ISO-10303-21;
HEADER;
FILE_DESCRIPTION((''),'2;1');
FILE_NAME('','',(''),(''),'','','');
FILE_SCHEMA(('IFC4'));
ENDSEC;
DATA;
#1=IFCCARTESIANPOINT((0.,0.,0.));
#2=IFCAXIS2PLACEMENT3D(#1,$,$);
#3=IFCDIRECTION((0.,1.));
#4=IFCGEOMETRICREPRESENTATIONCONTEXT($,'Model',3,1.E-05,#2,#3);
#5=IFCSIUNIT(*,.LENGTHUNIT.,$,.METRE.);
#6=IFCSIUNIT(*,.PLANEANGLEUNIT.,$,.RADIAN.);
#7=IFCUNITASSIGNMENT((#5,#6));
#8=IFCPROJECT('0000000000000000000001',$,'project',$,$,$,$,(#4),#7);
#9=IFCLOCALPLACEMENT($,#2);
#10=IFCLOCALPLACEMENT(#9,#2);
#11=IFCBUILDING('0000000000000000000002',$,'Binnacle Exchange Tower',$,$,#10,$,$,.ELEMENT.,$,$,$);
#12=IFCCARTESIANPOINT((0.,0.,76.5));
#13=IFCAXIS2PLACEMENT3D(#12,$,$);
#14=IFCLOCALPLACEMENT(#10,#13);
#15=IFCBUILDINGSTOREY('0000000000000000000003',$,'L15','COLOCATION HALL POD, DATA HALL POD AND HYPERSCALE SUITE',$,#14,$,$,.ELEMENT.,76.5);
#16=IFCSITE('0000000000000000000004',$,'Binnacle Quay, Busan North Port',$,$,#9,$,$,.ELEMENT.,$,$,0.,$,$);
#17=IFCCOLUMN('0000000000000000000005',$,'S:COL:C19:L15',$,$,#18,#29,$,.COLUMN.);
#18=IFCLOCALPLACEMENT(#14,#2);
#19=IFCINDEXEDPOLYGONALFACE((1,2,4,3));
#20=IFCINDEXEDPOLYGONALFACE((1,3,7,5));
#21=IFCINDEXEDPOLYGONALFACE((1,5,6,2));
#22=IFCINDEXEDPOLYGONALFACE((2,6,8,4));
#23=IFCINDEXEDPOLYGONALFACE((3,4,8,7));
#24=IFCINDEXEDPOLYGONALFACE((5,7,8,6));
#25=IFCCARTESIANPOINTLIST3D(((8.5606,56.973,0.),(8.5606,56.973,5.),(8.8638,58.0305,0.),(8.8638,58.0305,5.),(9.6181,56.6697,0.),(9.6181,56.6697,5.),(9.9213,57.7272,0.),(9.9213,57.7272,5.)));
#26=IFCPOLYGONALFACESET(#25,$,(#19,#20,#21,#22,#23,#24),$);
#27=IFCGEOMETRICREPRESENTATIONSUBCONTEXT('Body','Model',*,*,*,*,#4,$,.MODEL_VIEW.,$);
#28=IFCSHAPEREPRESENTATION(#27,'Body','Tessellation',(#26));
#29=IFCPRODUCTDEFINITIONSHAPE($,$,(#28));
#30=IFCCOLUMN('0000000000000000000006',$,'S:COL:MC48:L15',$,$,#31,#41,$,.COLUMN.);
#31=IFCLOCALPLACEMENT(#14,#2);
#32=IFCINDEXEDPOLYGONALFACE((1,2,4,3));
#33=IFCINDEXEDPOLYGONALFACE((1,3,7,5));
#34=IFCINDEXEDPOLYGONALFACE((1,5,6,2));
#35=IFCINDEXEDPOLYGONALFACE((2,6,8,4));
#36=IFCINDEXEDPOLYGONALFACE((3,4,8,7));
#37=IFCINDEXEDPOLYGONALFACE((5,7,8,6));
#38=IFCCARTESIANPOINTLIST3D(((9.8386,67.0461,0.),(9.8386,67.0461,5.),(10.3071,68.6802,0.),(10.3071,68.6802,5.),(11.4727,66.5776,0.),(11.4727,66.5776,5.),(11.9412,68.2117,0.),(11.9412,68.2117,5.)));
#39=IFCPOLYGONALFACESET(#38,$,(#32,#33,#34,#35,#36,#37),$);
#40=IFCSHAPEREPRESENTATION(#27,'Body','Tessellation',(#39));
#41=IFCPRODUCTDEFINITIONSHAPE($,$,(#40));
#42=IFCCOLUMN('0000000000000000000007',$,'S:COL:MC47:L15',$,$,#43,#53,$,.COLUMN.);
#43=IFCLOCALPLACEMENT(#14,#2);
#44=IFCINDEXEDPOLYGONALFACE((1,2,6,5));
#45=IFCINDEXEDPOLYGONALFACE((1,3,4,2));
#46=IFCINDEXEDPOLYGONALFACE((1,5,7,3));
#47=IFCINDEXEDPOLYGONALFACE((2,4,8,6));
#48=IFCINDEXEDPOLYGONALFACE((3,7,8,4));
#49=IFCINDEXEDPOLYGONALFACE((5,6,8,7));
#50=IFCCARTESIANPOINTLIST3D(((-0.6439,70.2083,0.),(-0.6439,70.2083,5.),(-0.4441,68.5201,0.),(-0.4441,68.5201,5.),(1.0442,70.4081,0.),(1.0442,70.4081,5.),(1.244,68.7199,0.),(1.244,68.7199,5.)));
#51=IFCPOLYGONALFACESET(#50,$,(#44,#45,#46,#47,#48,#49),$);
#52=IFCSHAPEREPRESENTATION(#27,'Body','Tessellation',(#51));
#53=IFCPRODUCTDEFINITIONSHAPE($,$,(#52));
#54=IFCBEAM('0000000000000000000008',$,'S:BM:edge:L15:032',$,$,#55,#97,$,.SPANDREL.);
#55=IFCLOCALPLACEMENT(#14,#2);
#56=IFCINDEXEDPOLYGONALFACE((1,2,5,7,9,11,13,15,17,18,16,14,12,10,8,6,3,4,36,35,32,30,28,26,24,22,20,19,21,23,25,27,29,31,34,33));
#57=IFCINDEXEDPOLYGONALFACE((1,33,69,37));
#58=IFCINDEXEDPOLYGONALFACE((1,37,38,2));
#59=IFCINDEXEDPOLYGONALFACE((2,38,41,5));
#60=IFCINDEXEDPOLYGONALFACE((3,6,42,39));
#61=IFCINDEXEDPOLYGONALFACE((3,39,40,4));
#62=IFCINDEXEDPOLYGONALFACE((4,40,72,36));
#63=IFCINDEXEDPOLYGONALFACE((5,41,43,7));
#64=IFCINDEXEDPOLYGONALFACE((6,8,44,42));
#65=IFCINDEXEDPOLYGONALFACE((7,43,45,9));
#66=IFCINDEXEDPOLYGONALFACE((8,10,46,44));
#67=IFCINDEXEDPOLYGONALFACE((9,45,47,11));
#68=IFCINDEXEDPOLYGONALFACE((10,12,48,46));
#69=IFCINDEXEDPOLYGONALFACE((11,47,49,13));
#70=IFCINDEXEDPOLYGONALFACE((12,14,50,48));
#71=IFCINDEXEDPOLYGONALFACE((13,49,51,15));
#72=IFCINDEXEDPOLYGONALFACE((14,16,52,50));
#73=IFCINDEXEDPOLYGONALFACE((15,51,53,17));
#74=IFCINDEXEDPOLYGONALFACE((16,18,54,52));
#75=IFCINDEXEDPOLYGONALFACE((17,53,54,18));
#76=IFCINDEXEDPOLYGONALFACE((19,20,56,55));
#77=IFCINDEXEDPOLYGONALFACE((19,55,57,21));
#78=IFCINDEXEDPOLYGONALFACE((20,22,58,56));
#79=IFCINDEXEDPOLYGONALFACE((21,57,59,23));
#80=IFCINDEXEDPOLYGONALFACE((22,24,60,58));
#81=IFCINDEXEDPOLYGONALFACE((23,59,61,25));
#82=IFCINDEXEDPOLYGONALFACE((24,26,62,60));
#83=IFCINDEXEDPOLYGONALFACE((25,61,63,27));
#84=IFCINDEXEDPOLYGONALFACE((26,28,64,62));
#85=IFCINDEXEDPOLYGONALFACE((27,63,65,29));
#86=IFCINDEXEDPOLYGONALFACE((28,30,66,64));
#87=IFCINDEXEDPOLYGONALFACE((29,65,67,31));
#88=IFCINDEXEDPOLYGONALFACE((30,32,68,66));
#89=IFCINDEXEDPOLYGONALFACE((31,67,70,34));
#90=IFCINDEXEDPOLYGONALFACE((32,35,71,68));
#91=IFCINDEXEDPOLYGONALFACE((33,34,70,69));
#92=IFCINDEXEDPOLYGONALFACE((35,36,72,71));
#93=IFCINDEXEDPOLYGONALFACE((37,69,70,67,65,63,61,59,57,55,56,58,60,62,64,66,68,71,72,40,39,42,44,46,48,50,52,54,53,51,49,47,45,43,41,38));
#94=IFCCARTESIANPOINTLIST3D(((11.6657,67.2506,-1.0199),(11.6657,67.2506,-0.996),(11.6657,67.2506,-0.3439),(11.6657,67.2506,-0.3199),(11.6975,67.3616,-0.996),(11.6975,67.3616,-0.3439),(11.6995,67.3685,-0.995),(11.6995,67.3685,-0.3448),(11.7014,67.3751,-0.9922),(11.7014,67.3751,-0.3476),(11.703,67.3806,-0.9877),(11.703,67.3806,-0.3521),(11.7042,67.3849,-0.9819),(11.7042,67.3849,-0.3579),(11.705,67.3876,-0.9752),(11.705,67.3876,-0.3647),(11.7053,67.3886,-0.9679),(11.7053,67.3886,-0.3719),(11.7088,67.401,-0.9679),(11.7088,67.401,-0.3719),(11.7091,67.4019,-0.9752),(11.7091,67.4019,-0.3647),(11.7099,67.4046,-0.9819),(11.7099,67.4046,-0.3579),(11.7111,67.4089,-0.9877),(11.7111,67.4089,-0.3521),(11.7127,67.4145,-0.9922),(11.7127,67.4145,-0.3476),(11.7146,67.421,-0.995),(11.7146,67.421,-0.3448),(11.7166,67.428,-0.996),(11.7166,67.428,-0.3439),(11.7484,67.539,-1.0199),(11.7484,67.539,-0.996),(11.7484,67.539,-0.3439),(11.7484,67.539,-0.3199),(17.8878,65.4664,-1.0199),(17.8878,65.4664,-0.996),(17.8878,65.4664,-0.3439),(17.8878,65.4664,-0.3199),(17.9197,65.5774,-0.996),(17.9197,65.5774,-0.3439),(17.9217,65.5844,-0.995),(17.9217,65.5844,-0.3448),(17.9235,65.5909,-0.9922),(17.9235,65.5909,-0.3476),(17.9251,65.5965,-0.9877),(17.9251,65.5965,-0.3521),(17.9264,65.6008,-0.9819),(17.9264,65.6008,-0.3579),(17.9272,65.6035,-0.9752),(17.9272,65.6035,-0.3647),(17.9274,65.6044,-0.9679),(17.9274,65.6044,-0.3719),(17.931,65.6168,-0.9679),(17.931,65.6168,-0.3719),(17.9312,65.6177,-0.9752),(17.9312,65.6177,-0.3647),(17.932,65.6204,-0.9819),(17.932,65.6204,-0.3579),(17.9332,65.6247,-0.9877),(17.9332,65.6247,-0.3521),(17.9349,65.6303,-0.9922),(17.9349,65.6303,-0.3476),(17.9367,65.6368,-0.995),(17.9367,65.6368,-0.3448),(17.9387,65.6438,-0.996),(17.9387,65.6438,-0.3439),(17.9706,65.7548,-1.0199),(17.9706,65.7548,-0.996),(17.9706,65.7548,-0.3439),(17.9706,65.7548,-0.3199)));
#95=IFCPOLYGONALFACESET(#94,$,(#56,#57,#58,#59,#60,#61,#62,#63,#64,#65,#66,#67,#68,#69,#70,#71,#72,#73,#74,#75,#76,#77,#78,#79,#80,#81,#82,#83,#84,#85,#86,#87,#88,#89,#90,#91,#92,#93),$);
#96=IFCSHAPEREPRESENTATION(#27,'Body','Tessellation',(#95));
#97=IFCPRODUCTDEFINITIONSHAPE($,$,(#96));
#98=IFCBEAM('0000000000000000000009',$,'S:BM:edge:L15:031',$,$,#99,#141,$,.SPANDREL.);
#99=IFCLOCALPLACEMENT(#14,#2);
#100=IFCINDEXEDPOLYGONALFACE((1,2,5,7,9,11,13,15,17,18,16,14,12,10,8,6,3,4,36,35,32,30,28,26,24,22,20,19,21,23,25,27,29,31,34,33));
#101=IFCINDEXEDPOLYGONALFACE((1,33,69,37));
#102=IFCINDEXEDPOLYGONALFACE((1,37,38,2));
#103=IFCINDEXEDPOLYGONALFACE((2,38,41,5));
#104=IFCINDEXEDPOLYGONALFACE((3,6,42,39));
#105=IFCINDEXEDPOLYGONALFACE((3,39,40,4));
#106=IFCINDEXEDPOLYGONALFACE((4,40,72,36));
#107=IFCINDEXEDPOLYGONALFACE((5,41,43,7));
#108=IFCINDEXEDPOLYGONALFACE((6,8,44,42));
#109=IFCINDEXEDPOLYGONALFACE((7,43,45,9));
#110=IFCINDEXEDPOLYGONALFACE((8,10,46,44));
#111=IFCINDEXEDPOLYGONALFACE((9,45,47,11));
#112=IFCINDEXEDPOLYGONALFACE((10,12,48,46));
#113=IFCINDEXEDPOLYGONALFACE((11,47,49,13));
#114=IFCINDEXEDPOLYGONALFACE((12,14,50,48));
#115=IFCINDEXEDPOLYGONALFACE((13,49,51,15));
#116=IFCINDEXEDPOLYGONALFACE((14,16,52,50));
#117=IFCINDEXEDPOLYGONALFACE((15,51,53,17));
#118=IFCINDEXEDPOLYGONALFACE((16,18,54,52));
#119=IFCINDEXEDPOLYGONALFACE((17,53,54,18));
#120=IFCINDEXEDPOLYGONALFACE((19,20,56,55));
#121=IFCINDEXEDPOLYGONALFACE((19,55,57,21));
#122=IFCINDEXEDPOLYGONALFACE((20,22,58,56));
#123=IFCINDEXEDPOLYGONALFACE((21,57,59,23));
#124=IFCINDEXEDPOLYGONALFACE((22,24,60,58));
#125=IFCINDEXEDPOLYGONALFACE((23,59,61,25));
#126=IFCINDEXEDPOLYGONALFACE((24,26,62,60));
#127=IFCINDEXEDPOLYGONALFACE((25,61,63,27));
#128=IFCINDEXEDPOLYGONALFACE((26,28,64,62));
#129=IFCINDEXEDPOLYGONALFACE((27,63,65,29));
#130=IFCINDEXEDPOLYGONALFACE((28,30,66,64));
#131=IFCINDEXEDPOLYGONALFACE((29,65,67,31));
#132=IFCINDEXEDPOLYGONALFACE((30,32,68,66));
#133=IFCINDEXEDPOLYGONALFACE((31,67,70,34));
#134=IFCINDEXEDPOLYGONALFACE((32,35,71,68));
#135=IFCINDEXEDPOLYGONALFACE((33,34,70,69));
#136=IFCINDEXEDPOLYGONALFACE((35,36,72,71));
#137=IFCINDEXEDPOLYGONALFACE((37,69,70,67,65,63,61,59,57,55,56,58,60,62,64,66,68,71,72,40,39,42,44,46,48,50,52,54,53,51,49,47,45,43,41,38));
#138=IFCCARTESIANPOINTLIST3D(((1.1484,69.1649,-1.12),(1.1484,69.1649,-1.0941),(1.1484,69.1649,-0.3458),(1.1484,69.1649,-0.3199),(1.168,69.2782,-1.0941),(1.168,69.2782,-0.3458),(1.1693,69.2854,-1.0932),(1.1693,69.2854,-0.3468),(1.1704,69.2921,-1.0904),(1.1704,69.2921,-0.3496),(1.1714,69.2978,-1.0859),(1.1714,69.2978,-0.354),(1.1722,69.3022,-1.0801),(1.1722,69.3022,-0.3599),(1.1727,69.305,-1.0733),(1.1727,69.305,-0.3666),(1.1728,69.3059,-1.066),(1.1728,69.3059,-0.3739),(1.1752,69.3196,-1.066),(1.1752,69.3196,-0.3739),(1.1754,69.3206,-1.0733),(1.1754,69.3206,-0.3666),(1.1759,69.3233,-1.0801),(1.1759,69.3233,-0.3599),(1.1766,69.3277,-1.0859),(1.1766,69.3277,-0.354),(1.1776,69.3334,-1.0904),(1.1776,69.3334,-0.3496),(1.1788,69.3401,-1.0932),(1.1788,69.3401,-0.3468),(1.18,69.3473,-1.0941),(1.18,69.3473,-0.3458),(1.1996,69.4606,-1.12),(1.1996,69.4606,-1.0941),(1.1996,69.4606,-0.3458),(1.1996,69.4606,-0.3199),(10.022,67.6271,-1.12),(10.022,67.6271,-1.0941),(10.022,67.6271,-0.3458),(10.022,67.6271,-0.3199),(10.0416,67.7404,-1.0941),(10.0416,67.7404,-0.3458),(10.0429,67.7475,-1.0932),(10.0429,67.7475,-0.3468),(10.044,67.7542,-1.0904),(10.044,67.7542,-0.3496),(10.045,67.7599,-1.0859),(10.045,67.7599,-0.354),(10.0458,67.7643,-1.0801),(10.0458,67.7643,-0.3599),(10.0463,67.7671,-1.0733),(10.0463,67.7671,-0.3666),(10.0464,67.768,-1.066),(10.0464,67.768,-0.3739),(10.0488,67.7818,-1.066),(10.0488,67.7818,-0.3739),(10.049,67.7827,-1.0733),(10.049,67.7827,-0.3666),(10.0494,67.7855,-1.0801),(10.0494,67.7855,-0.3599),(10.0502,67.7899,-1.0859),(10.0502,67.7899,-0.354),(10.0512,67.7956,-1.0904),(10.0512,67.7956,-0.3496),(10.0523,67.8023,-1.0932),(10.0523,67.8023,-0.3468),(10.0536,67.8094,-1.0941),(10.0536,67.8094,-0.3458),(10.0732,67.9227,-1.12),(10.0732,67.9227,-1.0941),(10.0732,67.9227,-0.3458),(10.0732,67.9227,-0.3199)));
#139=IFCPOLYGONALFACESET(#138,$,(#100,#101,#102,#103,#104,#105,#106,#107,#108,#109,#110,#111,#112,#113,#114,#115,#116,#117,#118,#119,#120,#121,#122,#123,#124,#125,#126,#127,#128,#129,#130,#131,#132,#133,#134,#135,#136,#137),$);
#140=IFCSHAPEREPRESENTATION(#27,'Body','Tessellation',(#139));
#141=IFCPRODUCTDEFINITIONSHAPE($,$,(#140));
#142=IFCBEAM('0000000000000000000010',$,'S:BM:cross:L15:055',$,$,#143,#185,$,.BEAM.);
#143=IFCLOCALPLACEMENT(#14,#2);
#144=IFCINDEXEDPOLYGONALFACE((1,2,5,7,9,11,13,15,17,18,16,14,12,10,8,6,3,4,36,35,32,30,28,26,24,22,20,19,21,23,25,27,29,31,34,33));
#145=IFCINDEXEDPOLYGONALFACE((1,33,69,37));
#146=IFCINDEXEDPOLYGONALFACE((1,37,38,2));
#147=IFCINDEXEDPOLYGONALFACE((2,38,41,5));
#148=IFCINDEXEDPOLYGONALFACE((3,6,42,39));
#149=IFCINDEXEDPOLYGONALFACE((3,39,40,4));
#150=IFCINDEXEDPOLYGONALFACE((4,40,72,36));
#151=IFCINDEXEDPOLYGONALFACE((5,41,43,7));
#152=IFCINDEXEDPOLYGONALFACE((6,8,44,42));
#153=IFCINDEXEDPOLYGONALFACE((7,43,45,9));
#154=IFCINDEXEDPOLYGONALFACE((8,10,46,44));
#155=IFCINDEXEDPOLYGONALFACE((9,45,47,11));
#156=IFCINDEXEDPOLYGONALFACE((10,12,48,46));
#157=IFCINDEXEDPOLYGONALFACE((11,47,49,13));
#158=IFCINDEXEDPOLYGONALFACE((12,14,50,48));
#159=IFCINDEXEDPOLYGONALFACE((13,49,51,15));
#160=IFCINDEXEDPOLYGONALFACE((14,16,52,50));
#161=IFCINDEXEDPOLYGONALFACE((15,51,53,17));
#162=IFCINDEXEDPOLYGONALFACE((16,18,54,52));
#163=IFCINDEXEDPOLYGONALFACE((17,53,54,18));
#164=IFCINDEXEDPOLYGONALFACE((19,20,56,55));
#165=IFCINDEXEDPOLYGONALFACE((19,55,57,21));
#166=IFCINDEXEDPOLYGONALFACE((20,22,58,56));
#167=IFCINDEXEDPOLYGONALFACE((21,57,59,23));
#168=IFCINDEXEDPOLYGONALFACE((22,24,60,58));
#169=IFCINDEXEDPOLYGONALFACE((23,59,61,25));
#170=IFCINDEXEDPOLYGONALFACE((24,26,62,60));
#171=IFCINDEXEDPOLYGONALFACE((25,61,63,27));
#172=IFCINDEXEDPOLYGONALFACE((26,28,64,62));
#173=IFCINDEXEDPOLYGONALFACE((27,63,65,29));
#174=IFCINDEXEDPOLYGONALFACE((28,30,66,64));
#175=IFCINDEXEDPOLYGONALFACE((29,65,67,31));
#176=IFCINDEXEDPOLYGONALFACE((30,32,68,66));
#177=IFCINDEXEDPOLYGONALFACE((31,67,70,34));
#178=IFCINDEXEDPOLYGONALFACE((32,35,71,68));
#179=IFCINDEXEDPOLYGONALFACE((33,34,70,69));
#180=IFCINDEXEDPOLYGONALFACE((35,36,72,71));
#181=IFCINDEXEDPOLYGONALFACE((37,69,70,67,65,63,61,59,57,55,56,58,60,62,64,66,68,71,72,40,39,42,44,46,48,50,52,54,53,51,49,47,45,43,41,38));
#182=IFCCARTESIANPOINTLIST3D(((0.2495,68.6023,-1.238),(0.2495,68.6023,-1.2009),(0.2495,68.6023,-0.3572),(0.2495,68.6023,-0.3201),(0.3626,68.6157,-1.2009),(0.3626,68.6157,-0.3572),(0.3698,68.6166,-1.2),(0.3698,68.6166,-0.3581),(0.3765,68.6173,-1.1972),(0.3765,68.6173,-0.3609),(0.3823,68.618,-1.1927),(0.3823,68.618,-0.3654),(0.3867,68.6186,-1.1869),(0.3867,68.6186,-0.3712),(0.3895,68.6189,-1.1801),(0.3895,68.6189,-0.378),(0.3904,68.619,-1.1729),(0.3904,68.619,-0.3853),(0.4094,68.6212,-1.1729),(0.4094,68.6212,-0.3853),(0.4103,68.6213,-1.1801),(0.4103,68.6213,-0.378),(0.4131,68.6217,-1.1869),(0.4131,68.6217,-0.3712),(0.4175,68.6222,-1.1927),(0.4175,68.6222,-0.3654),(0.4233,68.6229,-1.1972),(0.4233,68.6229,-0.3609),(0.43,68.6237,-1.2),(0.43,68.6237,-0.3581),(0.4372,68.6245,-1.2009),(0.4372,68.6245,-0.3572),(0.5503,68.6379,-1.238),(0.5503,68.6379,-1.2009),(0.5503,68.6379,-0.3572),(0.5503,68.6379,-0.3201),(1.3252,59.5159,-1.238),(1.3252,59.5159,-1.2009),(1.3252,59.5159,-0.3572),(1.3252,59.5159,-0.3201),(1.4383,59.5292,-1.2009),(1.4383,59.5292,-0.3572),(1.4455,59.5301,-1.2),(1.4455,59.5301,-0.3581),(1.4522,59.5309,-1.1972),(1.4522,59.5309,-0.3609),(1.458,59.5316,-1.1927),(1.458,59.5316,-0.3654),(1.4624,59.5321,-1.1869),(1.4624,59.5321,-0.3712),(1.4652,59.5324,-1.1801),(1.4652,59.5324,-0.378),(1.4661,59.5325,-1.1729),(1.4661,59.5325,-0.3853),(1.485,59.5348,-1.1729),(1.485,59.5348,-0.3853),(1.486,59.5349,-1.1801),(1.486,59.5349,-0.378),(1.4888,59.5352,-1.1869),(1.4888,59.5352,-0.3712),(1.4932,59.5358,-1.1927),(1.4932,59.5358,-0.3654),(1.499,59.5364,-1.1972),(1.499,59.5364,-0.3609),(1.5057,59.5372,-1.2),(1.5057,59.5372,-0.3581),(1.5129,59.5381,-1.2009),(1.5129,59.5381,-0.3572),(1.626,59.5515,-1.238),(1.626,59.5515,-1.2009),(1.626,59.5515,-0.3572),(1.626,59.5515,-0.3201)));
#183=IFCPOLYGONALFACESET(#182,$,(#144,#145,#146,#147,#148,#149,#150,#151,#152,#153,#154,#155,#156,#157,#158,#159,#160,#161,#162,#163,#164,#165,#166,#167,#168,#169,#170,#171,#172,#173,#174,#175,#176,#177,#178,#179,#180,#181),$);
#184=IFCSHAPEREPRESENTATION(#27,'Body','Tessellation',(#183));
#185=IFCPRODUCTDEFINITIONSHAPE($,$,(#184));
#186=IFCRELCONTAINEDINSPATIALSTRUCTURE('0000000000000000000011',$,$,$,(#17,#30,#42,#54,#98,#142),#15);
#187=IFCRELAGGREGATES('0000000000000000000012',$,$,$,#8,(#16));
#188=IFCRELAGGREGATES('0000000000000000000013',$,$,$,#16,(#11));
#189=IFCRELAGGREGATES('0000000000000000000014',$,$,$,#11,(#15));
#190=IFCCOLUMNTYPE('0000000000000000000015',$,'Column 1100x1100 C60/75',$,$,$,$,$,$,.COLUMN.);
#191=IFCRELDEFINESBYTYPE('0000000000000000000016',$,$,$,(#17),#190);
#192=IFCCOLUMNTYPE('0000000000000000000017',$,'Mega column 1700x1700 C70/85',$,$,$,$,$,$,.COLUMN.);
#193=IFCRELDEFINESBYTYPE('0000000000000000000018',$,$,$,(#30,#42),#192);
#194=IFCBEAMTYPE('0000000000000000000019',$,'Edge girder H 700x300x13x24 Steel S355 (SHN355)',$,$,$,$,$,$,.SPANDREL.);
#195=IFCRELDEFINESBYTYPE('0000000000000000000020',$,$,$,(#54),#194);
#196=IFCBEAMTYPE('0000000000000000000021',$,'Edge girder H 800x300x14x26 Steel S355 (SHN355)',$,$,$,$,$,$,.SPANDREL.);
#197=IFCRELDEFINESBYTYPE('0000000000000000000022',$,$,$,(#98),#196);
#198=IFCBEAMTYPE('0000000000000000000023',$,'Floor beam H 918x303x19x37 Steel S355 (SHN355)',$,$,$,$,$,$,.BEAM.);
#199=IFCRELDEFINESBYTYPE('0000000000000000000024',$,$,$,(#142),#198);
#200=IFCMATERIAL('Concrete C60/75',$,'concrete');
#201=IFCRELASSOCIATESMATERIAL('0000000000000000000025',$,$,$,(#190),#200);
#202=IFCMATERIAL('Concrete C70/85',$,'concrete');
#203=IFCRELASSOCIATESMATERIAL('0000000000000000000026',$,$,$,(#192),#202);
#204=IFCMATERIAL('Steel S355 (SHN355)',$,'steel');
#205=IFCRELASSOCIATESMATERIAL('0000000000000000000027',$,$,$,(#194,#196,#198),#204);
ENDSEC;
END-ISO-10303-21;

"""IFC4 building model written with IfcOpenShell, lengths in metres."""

from ifc_helpers import new_model, si_unit, direction, frame, origin, origin_2d, place, context, subcontext, project, spatial, rectangle, i_section, extrude, material, material_profile, profile_set, type_object, element, save


model = new_model("IFC4")

# Units and contexts
model_context = context("Model", 3, precision=1e-05, world=origin(), true_north=direction((0.0, 1.0)))
body_context = subcontext(model_context, "Body", "Model", "MODEL_VIEW")
ifc_project = project(units=[si_unit("LENGTHUNIT", "METRE"), si_unit("PLANEANGLEUNIT", "RADIAN")], contexts=[model_context])

# Site, building, storey
site_placement = place(None, origin())
site = spatial("IfcSite", under=ifc_project, at=site_placement, Name="Binnacle Quay, Busan North Port", CompositionType="ELEMENT", RefElevation=0.0)
building_placement = place(site_placement, origin())
building = spatial("IfcBuilding", under=site, at=building_placement, Name="Binnacle Exchange Tower", CompositionType="ELEMENT")
storey_placement = place(building_placement, frame((0.0, 0.0, 76.5)))
storey = spatial("IfcBuildingStorey", under=building, at=storey_placement, Name="L15", Description="COLOCATION HALL POD, DATA HALL POD AND HYPERSCALE SUITE", CompositionType="ELEMENT", Elevation=76.5)

# Columns
ifc_material_1 = material(Name="Concrete C60/75", Category="concrete")
ifc_material_profile_1 = material_profile(ifc_material_1, rectangle(XDim=1.1001, YDim=1.1001, at=origin_2d()), Name="Column 1100x1100 C60/75")
ifc_profile_set_1 = profile_set([ifc_material_profile_1], Name="Concrete C60/75")
column_type_1 = type_object("IfcColumnType", Name="Column 1100x1100 C60/75", PredefinedType="COLUMN", material=ifc_profile_set_1)
column_placement = place(storey_placement, frame((9.241, 57.3501, 0.0), z_axis=(0.0, 0.0, 1.0), x_axis=(0.961262, -0.275637, 0.0)))
element("IfcColumn", 1, at=column_placement, inside=storey, type_object=column_type_1, Name="S:COL:C19:L15", PredefinedType="COLUMN", context=body_context, shape_type="SweptSolid", body=[
    extrude(rectangle(XDim=1.1001, YDim=1.1001, at=origin_2d()), origin(), (0.0, 0.0, 1.0), 5.0),
])
ifc_material_2 = material(Name="Concrete C70/85", Category="concrete")
ifc_material_profile_2 = material_profile(ifc_material_2, rectangle(XDim=1.7, YDim=1.7, at=origin_2d()), Name="Mega column 1700x1700 C70/85")
ifc_profile_set_2 = profile_set([ifc_material_profile_2], Name="Concrete C70/85")
column_type_2 = type_object("IfcColumnType", Name="Mega column 1700x1700 C70/85", PredefinedType="COLUMN", material=ifc_profile_set_2)
for number, where, z_axis, x_axis, name in (
    (2, (10.8899, 67.6289, 0.0), (0.0, 0.0, 1.0), (-0.961262, 0.275637, 0.0), "S:COL:MC48:L15"),
    (3, (0.3, 69.4641, 0.0), (0.0, 0.0, 1.0), (-0.993068, -0.117537, 0.0), "S:COL:MC47:L15"),
):
    element("IfcColumn", number, at=place(storey_placement, frame(where, z_axis=z_axis, x_axis=x_axis)), inside=storey, type_object=column_type_2, Name=name, PredefinedType="COLUMN", context=body_context, shape_type="SweptSolid", body=[
        extrude(rectangle(XDim=1.7, YDim=1.7, at=origin_2d()), origin(), (0.0, 0.0, 1.0), 5.0),
    ])

# Beams
ifc_material_3 = material(Name="Steel S355 (SHN355)", Category="steel")
ifc_material_profile_3 = material_profile(ifc_material_3, i_section(OverallWidth=0.3, OverallDepth=0.7, WebThickness=0.0129, FlangeThickness=0.0239, FilletRadius=0.0281, at=origin_2d()), Name="H 700x300x13x24")
ifc_profile_set_3 = profile_set([ifc_material_profile_3], Name="Steel S355 (SHN355)")
beam_type_1 = type_object("IfcBeamType", Name="Edge girder H 700x300x13x24 Steel S355 (SHN355)", PredefinedType="SPANDREL", material=ifc_profile_set_3)
beam_1_placement = place(storey_placement, frame((17.9292, 65.6106, -0.6699), z_axis=(-0.961262, 0.275638, 0.0), x_axis=(-0.275638, -0.961262, 0.0)))
element("IfcBeam", 4, at=beam_1_placement, inside=storey, type_object=beam_type_1, Name="S:BM:edge:L15:032", PredefinedType="SPANDREL", context=body_context, shape_type="SweptSolid", body=[
    extrude(i_section(OverallWidth=0.3, OverallDepth=0.7, WebThickness=0.0129, FlangeThickness=0.0239, FilletRadius=0.0281, at=origin_2d()), origin(), (0.0, 0.0, 1.0), 6.4729),
])
ifc_material_profile_4 = material_profile(ifc_material_3, i_section(OverallWidth=0.3, OverallDepth=0.8, WebThickness=0.0139, FlangeThickness=0.0259, FilletRadius=0.0281, at=origin_2d()), Name="H 800x300x14x26")
ifc_profile_set_4 = profile_set([ifc_material_profile_4], Name="Steel S355 (SHN355)")
beam_type_2 = type_object("IfcBeamType", Name="Edge girder H 800x300x14x26 Steel S355 (SHN355)", PredefinedType="SPANDREL", material=ifc_profile_set_4)
beam_2_placement = place(storey_placement, frame((10.0476, 67.7749, -0.72), z_axis=(-0.985312, 0.170761, 0.0), x_axis=(-0.170761, -0.985312, 0.0)))
element("IfcBeam", 5, at=beam_2_placement, inside=storey, type_object=beam_type_2, Name="S:BM:edge:L15:031", PredefinedType="SPANDREL", context=body_context, shape_type="SweptSolid", body=[
    extrude(i_section(OverallWidth=0.3, OverallDepth=0.8, WebThickness=0.0139, FlangeThickness=0.0259, FilletRadius=0.0281, at=origin_2d()), origin(), (0.0, 0.0, 1.0), 9.0059),
])
ifc_material_profile_5 = material_profile(ifc_material_3, i_section(OverallWidth=0.303, OverallDepth=0.918, WebThickness=0.019, FlangeThickness=0.0371, FilletRadius=0.0281, at=origin_2d()), Name="H 918x303x19x37")
ifc_profile_set_5 = profile_set([ifc_material_profile_5], Name="Steel S355 (SHN355)")
beam_type_3 = type_object("IfcBeamType", Name="Floor beam H 918x303x19x37 Steel S355 (SHN355)", PredefinedType="BEAM", material=ifc_profile_set_5)
beam_3_placement = place(storey_placement, frame((0.3999, 68.6201, -0.7791), z_axis=(0.117563, -0.993065, 0.0), x_axis=(0.993065, 0.117563, 0.0)))
element("IfcBeam", 6, at=beam_3_placement, inside=storey, type_object=beam_type_3, Name="S:BM:cross:L15:055", PredefinedType="BEAM", context=body_context, shape_type="SweptSolid", body=[
    extrude(i_section(OverallWidth=0.303, OverallDepth=0.918, WebThickness=0.019, FlangeThickness=0.0371, FilletRadius=0.0281, at=origin_2d()), origin(), (0.0, 0.0, 1.0), 9.1499),
])

save(model, "model.ifc")
